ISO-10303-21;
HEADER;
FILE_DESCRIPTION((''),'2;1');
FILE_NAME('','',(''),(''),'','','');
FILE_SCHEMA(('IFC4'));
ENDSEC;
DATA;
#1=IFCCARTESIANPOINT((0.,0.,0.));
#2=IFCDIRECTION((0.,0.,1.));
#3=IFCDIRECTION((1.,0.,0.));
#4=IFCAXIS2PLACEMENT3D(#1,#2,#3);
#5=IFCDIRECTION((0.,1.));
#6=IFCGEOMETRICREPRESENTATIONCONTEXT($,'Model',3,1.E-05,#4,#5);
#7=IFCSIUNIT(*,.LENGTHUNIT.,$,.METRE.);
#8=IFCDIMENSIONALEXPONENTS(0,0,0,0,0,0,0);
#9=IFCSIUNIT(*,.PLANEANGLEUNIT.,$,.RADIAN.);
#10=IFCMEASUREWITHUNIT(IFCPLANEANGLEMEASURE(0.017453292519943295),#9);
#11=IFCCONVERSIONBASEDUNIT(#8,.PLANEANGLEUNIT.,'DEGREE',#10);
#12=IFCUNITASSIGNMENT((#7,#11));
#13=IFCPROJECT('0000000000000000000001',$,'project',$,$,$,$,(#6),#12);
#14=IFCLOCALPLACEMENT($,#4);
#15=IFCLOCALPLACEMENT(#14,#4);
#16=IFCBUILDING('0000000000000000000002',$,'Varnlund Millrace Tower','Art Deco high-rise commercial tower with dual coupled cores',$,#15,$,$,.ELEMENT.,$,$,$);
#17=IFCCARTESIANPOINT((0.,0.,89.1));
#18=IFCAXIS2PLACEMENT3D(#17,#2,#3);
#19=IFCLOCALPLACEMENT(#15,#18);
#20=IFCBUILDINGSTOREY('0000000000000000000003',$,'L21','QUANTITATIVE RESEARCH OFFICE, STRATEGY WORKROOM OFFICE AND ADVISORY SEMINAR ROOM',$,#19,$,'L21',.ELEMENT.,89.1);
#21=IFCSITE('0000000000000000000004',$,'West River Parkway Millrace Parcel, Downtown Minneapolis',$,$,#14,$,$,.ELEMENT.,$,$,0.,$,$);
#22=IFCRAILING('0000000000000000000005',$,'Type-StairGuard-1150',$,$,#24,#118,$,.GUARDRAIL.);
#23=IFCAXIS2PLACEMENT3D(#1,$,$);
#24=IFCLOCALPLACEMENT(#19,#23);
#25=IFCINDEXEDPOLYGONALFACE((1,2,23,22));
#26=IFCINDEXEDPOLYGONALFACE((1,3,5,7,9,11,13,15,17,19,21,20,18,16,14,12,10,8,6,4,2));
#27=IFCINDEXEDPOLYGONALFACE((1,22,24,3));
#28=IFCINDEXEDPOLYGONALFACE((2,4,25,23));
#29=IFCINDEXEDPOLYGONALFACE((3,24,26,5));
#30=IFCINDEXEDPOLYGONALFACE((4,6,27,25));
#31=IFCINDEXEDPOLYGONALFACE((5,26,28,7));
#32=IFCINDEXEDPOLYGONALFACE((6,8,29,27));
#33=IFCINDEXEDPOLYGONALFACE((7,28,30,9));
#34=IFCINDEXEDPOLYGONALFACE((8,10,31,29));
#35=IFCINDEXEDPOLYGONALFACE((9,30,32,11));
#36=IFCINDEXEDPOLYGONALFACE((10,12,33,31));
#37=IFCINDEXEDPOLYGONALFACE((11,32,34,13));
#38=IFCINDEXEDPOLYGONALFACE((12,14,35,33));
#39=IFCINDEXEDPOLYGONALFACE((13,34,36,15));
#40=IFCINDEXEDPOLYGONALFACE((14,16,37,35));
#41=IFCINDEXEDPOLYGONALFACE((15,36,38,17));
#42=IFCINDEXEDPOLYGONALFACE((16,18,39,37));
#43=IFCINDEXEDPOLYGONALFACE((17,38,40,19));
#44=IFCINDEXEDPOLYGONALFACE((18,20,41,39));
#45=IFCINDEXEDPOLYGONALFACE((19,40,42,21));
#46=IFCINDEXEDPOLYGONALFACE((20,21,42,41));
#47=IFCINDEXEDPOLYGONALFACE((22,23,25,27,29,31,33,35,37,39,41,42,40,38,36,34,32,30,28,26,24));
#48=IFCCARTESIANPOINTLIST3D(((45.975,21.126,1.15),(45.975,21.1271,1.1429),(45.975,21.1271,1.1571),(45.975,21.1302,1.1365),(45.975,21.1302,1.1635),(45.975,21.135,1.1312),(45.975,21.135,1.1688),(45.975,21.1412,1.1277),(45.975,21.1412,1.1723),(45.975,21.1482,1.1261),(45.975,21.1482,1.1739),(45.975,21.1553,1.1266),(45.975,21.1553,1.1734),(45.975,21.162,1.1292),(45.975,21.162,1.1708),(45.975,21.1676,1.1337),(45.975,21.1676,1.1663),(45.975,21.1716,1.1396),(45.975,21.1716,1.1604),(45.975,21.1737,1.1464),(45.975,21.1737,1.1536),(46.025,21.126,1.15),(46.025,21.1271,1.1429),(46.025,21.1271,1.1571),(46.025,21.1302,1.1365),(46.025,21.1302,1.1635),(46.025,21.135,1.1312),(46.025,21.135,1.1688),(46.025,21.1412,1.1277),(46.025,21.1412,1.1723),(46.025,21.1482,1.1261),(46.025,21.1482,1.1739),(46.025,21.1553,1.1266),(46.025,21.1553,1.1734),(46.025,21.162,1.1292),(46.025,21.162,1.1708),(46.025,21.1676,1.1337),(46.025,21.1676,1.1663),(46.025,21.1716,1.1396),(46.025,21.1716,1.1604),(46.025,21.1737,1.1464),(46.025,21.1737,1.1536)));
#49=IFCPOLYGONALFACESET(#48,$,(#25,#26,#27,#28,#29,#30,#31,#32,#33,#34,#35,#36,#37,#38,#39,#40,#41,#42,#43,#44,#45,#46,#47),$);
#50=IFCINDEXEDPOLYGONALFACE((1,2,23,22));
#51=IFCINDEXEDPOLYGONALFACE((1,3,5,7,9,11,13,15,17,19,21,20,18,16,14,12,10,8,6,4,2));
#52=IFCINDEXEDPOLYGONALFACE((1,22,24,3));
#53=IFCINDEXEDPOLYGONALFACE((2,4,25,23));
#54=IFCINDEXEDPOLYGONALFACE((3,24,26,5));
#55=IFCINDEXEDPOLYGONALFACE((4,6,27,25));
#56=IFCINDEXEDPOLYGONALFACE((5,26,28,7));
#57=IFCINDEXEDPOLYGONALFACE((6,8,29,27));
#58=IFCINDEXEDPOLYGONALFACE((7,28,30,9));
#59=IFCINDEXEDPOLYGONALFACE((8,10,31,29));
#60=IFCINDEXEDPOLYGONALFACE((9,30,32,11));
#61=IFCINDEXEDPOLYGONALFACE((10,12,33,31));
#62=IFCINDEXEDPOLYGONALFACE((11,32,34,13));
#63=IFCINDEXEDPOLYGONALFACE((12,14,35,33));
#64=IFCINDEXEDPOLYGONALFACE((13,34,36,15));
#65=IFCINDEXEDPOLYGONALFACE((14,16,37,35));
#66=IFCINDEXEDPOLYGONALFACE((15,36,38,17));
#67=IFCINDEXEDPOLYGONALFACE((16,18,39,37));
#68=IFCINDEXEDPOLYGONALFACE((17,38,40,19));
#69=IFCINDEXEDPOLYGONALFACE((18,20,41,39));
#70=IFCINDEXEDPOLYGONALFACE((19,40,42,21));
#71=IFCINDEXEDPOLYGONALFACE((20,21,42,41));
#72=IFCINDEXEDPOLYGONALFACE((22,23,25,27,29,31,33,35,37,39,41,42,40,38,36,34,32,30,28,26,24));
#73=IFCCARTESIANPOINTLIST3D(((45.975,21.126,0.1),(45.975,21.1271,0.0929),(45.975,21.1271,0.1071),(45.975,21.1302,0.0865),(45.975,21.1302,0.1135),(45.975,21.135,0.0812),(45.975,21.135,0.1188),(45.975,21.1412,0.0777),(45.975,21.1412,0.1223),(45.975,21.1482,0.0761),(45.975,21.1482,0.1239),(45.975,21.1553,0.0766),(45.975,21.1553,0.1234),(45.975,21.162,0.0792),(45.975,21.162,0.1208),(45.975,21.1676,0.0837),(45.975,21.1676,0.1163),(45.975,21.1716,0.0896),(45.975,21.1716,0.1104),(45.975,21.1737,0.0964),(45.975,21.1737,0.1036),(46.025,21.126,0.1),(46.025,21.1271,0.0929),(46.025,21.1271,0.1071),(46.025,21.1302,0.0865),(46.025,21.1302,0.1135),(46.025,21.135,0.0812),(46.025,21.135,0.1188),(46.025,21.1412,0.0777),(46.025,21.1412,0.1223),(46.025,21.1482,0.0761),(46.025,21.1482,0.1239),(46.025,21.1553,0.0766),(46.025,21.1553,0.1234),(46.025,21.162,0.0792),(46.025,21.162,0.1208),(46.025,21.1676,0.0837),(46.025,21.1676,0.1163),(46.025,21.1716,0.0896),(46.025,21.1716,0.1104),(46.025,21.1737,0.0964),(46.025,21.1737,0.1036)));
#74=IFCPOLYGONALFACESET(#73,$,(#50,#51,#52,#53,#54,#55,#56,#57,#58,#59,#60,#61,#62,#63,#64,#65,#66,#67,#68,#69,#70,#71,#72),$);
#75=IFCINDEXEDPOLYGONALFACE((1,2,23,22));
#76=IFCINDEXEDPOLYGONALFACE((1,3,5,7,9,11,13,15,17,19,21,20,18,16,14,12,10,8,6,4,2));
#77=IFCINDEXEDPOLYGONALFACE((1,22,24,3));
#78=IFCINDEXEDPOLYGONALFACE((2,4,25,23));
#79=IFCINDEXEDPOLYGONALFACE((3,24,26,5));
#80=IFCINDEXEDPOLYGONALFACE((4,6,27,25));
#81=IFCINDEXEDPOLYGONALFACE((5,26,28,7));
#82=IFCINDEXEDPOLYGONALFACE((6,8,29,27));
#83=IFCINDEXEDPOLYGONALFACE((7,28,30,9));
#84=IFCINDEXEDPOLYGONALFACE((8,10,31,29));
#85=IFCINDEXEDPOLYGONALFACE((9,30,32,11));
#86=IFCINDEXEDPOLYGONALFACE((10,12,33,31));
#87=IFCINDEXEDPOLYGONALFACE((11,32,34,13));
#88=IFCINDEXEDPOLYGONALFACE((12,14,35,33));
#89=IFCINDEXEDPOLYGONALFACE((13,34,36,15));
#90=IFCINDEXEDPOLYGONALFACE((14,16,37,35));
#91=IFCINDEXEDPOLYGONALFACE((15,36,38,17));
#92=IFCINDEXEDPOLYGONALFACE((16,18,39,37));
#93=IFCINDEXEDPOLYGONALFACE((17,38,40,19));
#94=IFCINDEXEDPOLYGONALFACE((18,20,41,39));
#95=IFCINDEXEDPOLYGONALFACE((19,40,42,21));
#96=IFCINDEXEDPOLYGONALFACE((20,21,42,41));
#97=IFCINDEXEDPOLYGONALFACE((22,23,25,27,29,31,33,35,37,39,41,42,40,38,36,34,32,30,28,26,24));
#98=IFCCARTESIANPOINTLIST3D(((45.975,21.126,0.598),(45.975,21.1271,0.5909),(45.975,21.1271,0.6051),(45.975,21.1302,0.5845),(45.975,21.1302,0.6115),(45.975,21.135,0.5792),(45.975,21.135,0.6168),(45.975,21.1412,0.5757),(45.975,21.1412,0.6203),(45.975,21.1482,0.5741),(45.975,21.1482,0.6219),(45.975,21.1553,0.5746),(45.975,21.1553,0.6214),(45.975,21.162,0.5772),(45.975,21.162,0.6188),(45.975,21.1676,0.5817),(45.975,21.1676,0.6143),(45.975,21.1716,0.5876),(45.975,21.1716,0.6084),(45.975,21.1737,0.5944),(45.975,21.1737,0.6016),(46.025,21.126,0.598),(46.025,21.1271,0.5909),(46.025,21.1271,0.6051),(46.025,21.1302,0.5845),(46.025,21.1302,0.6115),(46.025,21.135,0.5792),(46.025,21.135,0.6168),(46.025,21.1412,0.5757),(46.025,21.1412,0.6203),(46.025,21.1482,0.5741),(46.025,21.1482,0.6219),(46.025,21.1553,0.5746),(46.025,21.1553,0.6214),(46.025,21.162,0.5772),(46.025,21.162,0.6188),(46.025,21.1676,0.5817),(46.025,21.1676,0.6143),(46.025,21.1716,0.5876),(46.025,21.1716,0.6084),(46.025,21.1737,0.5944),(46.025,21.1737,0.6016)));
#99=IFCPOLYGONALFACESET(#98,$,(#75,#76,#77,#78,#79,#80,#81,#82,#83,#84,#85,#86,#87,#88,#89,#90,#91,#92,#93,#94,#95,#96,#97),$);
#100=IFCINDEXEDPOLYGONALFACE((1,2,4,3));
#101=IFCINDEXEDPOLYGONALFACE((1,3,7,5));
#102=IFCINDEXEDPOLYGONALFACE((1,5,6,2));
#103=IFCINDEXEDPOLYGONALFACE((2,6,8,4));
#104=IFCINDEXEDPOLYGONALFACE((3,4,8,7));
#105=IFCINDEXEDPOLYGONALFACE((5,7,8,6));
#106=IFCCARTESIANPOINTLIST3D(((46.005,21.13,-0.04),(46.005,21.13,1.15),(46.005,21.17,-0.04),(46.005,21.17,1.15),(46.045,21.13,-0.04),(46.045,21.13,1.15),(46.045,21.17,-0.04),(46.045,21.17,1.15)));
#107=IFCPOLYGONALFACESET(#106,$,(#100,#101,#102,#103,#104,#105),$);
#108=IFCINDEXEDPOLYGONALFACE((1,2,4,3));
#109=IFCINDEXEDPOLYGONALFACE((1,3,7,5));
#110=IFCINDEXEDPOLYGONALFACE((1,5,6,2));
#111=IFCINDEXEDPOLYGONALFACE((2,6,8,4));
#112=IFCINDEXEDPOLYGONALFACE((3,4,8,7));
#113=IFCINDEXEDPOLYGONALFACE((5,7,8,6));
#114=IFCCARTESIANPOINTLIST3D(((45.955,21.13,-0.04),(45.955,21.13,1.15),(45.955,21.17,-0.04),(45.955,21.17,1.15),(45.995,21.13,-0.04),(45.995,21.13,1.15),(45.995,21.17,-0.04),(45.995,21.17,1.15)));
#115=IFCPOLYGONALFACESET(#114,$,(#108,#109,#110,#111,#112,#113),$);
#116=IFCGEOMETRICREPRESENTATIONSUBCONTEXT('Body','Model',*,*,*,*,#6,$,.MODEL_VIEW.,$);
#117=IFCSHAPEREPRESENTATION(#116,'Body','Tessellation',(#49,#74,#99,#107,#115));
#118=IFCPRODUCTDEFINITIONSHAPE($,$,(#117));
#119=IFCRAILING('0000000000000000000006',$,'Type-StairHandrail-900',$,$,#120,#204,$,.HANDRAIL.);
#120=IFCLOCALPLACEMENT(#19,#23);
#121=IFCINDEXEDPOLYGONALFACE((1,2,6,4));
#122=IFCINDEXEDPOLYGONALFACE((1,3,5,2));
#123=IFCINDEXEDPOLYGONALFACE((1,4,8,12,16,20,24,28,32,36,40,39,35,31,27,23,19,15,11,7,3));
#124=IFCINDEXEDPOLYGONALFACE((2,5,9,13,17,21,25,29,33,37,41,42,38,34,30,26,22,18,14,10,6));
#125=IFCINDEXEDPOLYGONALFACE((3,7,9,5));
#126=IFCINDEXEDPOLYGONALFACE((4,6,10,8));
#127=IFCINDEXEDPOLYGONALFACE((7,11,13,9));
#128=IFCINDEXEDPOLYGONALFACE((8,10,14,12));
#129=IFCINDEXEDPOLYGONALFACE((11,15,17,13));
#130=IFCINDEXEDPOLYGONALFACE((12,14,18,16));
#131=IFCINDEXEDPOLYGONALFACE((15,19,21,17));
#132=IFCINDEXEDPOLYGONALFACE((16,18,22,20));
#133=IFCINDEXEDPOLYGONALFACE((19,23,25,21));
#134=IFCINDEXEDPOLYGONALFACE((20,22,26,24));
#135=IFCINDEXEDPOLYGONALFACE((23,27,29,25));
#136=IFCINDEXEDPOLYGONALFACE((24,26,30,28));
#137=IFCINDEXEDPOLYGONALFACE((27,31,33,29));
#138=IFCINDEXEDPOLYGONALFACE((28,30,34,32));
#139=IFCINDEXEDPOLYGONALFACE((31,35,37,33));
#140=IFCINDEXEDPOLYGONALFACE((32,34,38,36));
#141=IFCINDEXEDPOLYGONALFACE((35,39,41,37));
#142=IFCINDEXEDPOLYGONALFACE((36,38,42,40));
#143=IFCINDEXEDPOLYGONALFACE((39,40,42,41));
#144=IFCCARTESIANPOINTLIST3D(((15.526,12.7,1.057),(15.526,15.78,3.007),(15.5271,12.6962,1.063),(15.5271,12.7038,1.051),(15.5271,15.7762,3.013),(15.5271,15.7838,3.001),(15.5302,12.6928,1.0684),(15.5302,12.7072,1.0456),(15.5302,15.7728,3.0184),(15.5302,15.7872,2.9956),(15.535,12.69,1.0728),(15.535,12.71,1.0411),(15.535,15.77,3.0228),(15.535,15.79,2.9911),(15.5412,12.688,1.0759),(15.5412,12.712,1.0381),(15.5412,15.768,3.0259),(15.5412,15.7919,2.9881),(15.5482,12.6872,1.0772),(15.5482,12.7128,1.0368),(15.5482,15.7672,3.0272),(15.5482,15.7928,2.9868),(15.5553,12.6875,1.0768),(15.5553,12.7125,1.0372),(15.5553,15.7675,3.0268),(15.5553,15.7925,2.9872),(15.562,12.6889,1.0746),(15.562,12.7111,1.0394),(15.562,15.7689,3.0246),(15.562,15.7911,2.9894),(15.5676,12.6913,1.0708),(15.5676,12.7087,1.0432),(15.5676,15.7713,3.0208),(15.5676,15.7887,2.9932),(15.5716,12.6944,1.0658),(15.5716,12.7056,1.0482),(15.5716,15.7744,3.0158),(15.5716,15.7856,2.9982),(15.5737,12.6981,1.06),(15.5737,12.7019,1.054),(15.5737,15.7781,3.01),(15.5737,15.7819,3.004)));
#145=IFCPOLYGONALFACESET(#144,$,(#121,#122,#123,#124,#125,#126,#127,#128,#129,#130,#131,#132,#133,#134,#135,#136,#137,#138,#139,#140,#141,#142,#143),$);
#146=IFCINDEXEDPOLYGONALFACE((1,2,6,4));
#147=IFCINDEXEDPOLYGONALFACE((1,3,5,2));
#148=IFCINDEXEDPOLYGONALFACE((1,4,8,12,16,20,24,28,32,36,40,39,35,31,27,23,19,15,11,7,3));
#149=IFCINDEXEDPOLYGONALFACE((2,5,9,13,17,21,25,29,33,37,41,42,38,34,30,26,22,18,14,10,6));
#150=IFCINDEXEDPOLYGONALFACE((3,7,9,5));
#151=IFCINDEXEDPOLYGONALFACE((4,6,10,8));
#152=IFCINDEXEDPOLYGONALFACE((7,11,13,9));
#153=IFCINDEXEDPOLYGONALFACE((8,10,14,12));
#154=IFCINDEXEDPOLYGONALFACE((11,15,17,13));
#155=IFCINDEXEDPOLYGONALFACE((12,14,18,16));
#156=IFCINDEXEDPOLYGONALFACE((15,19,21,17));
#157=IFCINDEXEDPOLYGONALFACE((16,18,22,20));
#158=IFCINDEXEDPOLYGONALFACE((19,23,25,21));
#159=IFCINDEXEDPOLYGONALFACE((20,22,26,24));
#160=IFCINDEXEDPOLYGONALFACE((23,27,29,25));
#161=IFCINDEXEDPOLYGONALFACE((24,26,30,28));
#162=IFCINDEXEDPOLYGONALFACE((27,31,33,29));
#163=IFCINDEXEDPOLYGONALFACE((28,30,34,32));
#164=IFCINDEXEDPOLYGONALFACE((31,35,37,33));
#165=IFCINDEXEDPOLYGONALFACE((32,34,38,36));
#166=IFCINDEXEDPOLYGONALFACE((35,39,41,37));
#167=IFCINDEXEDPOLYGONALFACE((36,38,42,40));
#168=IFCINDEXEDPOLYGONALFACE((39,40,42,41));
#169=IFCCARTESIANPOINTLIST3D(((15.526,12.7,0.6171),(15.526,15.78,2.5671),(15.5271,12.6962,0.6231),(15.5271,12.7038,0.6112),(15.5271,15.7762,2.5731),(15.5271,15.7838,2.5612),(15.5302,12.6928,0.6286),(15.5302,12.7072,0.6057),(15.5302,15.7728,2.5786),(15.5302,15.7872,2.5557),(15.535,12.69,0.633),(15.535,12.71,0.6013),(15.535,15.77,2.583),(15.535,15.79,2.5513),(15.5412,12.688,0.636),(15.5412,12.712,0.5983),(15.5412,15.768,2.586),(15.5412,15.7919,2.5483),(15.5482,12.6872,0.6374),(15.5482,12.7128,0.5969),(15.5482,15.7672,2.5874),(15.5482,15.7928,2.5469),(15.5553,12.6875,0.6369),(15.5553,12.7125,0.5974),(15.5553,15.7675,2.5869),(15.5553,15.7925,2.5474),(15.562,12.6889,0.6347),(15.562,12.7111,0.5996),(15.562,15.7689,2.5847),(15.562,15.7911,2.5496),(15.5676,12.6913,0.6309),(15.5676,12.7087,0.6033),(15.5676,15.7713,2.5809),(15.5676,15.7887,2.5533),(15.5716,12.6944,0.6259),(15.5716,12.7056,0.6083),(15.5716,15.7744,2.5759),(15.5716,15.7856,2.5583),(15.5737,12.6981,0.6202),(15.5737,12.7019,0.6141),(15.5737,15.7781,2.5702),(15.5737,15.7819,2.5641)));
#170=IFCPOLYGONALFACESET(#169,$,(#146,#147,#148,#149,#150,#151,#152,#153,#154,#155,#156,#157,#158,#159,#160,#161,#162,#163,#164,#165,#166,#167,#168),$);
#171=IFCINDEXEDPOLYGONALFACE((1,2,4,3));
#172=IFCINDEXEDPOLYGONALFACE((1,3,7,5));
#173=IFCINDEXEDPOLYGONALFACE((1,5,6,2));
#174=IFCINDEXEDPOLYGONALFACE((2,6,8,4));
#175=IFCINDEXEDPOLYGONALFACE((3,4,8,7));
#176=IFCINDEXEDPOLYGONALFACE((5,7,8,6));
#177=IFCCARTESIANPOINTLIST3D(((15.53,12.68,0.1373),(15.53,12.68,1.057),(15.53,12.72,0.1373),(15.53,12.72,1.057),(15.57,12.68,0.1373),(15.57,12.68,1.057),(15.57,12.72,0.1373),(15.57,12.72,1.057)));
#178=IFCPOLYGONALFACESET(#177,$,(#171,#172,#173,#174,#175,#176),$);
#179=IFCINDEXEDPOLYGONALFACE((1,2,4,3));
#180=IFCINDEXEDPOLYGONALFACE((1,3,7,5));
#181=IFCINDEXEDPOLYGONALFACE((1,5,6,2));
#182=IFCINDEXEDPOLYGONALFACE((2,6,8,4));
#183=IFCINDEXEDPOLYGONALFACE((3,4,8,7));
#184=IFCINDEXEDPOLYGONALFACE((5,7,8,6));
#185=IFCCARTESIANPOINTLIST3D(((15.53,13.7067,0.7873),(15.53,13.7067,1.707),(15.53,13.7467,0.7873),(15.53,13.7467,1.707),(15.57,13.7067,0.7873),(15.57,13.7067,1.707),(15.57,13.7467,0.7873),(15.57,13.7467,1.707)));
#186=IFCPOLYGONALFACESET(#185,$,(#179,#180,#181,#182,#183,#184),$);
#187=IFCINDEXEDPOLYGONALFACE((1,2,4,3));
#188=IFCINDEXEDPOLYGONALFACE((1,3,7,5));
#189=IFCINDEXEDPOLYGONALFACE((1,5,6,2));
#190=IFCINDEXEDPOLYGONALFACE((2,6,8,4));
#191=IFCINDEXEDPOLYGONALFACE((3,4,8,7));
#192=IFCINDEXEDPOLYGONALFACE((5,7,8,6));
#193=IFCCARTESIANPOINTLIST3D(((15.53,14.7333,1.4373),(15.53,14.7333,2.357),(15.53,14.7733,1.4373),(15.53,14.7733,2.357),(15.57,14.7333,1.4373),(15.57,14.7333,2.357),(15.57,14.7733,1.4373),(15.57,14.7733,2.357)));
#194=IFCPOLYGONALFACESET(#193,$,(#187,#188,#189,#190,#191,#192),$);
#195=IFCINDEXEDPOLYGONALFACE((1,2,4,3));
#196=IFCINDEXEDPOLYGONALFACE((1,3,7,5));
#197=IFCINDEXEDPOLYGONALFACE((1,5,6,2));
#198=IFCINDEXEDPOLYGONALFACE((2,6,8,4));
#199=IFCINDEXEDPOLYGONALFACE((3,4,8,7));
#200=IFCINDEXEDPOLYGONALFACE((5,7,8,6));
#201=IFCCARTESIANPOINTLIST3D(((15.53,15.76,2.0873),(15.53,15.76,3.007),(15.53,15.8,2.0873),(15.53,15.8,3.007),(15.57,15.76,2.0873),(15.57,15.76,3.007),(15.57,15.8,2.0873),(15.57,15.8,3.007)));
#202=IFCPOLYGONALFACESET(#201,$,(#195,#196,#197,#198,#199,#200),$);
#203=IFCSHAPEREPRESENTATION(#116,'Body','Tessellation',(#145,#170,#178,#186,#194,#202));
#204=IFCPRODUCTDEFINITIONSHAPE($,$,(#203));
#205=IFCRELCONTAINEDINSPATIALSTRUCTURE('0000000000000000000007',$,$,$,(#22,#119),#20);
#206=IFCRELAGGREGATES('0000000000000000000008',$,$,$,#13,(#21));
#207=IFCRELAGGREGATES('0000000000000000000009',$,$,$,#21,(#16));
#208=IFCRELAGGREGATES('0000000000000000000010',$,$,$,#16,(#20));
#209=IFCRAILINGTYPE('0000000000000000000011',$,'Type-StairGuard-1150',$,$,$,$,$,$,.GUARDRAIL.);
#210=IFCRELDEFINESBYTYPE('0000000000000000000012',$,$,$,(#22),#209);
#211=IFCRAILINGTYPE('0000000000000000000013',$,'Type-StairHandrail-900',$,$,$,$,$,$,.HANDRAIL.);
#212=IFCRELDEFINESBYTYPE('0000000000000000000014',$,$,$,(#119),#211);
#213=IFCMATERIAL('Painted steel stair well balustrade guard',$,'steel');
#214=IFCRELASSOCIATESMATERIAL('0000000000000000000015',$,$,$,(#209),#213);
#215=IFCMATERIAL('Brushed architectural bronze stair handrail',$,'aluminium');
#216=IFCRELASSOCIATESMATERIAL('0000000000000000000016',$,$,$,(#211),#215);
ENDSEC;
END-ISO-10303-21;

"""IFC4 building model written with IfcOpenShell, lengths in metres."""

from ifc_helpers import new_model, entity, si_unit, converted_unit, direction, frame, origin_with_axes, origin_2d_with_axis, place, context, subcontext, project, spatial, rectangle, circle, extrude, material, type_object, element, save


model = new_model("IFC4")

# Units and contexts
model_context = context("Model", 3, precision=1e-05, world=origin_with_axes(), true_north=direction((0.0, 1.0)))
body_context = subcontext(model_context, "Body", "Model", "MODEL_VIEW")
ifc_project = project(units=[si_unit("LENGTHUNIT", "METRE"), converted_unit("PLANEANGLEUNIT", "DEGREE", entity("IfcPlaneAngleMeasure", 0.017453292519943295), si_unit("PLANEANGLEUNIT", "RADIAN"), dimensions=[0, 0, 0, 0, 0, 0, 0])], contexts=[model_context])

# Site, building, storey
site_placement = place(None, origin_with_axes())
site = spatial("IfcSite", under=ifc_project, at=site_placement, Name="West River Parkway Millrace Parcel, Downtown Minneapolis", CompositionType="ELEMENT", RefElevation=0.0)
building_placement = place(site_placement, origin_with_axes())
building = spatial("IfcBuilding", under=site, at=building_placement, Name="Varnlund Millrace Tower", Description="Art Deco high-rise commercial tower with dual coupled cores", CompositionType="ELEMENT")
storey_placement = place(building_placement, frame((0.0, 0.0, 89.1), z_axis=(0.0, 0.0, 1.0), x_axis=(1.0, 0.0, 0.0)))
storey = spatial("IfcBuildingStorey", under=building, at=storey_placement, Name="L21", Description="QUANTITATIVE RESEARCH OFFICE, STRATEGY WORKROOM OFFICE AND ADVISORY SEMINAR ROOM", LongName="L21", CompositionType="ELEMENT", Elevation=89.1)

# Railings
ifc_material_1 = material(Name="Painted steel stair well balustrade guard", Category="steel")
railing_type_1 = type_object("IfcRailingType", Name="Type-StairGuard-1150", PredefinedType="GUARDRAIL", material=ifc_material_1)
railing_1_placement = place(storey_placement, frame((0.0, 0.0, -89.1), z_axis=(0.0, 0.0, 1.0), x_axis=(1.0, 0.0, 0.0)))
element("IfcRailing", 1, at=railing_1_placement, inside=storey, type_object=railing_type_1, Name="Type-StairGuard-1150", PredefinedType="GUARDRAIL", context=body_context, shape_type="SweptSolid", body=[
    extrude(circle(Radius=0.024, at=origin_2d_with_axis()), frame((46.025, 21.15, 90.25), z_axis=(-1.0, 0.0, 0.0), x_axis=(0.0, -1.0, 0.0)), (0.0, 0.0, 1.0), 0.05),
    extrude(circle(Radius=0.024, at=origin_2d_with_axis()), frame((46.025, 21.15, 89.2), z_axis=(-1.0, 0.0, 0.0), x_axis=(0.0, -1.0, 0.0)), (0.0, 0.0, 1.0), 0.05),
    extrude(circle(Radius=0.024, at=origin_2d_with_axis()), frame((46.025, 21.15, 89.698), z_axis=(-1.0, 0.0, 0.0), x_axis=(0.0, -1.0, 0.0)), (0.0, 0.0, 1.0), 0.05),
    extrude(rectangle(XDim=0.04, YDim=0.04, at=origin_2d_with_axis()), frame((46.025, 21.15, 89.06), z_axis=(0.0, 0.0, 1.0), x_axis=(1.0, 0.0, 0.0)), (0.0, 0.0, 1.0), 1.19),
    extrude(rectangle(XDim=0.04, YDim=0.04, at=origin_2d_with_axis()), frame((45.975, 21.15, 89.06), z_axis=(0.0, 0.0, 1.0), x_axis=(1.0, 0.0, 0.0)), (0.0, 0.0, 1.0), 1.19),
])
ifc_material_2 = material(Name="Brushed architectural bronze stair handrail", Category="aluminium")
railing_type_2 = type_object("IfcRailingType", Name="Type-StairHandrail-900", PredefinedType="HANDRAIL", material=ifc_material_2)
railing_2_placement = place(storey_placement, frame((0.0, 0.0, -89.1), z_axis=(0.0, 0.0, 1.0), x_axis=(1.0, 0.0, 0.0)))
element("IfcRailing", 2, at=railing_2_placement, inside=storey, type_object=railing_type_2, Name="Type-StairHandrail-900", PredefinedType="HANDRAIL", context=body_context, shape_type="SweptSolid", body=[
    extrude(circle(Radius=0.024, at=origin_2d_with_axis()), frame((15.55, 12.7, 90.157), z_axis=(0.0, 0.844902, 0.534922), x_axis=(-1.0, 0.0, 0.0)), (0.0, 0.0, 1.0), 3.6454),
    extrude(circle(Radius=0.024, at=origin_2d_with_axis()), frame((15.55, 12.7, 89.7171), z_axis=(0.0, 0.844902, 0.534922), x_axis=(-1.0, 0.0, 0.0)), (0.0, 0.0, 1.0), 3.6454),
    extrude(rectangle(XDim=0.04, YDim=0.04, at=origin_2d_with_axis()), frame((15.55, 12.7, 89.2373), z_axis=(0.0, 0.0, 1.0), x_axis=(1.0, 0.0, 0.0)), (0.0, 0.0, 1.0), 0.9197),
    extrude(rectangle(XDim=0.04, YDim=0.04, at=origin_2d_with_axis()), frame((15.55, 13.7267, 89.8873), z_axis=(0.0, 0.0, 1.0), x_axis=(1.0, 0.0, 0.0)), (0.0, 0.0, 1.0), 0.9197),
    extrude(rectangle(XDim=0.04, YDim=0.04, at=origin_2d_with_axis()), frame((15.55, 14.7533, 90.5373), z_axis=(0.0, 0.0, 1.0), x_axis=(1.0, 0.0, 0.0)), (0.0, 0.0, 1.0), 0.9197),
    extrude(rectangle(XDim=0.04, YDim=0.04, at=origin_2d_with_axis()), frame((15.55, 15.78, 91.1873), z_axis=(0.0, 0.0, 1.0), x_axis=(1.0, 0.0, 0.0)), (0.0, 0.0, 1.0), 0.9197),
])

save(model, "model.ifc")
